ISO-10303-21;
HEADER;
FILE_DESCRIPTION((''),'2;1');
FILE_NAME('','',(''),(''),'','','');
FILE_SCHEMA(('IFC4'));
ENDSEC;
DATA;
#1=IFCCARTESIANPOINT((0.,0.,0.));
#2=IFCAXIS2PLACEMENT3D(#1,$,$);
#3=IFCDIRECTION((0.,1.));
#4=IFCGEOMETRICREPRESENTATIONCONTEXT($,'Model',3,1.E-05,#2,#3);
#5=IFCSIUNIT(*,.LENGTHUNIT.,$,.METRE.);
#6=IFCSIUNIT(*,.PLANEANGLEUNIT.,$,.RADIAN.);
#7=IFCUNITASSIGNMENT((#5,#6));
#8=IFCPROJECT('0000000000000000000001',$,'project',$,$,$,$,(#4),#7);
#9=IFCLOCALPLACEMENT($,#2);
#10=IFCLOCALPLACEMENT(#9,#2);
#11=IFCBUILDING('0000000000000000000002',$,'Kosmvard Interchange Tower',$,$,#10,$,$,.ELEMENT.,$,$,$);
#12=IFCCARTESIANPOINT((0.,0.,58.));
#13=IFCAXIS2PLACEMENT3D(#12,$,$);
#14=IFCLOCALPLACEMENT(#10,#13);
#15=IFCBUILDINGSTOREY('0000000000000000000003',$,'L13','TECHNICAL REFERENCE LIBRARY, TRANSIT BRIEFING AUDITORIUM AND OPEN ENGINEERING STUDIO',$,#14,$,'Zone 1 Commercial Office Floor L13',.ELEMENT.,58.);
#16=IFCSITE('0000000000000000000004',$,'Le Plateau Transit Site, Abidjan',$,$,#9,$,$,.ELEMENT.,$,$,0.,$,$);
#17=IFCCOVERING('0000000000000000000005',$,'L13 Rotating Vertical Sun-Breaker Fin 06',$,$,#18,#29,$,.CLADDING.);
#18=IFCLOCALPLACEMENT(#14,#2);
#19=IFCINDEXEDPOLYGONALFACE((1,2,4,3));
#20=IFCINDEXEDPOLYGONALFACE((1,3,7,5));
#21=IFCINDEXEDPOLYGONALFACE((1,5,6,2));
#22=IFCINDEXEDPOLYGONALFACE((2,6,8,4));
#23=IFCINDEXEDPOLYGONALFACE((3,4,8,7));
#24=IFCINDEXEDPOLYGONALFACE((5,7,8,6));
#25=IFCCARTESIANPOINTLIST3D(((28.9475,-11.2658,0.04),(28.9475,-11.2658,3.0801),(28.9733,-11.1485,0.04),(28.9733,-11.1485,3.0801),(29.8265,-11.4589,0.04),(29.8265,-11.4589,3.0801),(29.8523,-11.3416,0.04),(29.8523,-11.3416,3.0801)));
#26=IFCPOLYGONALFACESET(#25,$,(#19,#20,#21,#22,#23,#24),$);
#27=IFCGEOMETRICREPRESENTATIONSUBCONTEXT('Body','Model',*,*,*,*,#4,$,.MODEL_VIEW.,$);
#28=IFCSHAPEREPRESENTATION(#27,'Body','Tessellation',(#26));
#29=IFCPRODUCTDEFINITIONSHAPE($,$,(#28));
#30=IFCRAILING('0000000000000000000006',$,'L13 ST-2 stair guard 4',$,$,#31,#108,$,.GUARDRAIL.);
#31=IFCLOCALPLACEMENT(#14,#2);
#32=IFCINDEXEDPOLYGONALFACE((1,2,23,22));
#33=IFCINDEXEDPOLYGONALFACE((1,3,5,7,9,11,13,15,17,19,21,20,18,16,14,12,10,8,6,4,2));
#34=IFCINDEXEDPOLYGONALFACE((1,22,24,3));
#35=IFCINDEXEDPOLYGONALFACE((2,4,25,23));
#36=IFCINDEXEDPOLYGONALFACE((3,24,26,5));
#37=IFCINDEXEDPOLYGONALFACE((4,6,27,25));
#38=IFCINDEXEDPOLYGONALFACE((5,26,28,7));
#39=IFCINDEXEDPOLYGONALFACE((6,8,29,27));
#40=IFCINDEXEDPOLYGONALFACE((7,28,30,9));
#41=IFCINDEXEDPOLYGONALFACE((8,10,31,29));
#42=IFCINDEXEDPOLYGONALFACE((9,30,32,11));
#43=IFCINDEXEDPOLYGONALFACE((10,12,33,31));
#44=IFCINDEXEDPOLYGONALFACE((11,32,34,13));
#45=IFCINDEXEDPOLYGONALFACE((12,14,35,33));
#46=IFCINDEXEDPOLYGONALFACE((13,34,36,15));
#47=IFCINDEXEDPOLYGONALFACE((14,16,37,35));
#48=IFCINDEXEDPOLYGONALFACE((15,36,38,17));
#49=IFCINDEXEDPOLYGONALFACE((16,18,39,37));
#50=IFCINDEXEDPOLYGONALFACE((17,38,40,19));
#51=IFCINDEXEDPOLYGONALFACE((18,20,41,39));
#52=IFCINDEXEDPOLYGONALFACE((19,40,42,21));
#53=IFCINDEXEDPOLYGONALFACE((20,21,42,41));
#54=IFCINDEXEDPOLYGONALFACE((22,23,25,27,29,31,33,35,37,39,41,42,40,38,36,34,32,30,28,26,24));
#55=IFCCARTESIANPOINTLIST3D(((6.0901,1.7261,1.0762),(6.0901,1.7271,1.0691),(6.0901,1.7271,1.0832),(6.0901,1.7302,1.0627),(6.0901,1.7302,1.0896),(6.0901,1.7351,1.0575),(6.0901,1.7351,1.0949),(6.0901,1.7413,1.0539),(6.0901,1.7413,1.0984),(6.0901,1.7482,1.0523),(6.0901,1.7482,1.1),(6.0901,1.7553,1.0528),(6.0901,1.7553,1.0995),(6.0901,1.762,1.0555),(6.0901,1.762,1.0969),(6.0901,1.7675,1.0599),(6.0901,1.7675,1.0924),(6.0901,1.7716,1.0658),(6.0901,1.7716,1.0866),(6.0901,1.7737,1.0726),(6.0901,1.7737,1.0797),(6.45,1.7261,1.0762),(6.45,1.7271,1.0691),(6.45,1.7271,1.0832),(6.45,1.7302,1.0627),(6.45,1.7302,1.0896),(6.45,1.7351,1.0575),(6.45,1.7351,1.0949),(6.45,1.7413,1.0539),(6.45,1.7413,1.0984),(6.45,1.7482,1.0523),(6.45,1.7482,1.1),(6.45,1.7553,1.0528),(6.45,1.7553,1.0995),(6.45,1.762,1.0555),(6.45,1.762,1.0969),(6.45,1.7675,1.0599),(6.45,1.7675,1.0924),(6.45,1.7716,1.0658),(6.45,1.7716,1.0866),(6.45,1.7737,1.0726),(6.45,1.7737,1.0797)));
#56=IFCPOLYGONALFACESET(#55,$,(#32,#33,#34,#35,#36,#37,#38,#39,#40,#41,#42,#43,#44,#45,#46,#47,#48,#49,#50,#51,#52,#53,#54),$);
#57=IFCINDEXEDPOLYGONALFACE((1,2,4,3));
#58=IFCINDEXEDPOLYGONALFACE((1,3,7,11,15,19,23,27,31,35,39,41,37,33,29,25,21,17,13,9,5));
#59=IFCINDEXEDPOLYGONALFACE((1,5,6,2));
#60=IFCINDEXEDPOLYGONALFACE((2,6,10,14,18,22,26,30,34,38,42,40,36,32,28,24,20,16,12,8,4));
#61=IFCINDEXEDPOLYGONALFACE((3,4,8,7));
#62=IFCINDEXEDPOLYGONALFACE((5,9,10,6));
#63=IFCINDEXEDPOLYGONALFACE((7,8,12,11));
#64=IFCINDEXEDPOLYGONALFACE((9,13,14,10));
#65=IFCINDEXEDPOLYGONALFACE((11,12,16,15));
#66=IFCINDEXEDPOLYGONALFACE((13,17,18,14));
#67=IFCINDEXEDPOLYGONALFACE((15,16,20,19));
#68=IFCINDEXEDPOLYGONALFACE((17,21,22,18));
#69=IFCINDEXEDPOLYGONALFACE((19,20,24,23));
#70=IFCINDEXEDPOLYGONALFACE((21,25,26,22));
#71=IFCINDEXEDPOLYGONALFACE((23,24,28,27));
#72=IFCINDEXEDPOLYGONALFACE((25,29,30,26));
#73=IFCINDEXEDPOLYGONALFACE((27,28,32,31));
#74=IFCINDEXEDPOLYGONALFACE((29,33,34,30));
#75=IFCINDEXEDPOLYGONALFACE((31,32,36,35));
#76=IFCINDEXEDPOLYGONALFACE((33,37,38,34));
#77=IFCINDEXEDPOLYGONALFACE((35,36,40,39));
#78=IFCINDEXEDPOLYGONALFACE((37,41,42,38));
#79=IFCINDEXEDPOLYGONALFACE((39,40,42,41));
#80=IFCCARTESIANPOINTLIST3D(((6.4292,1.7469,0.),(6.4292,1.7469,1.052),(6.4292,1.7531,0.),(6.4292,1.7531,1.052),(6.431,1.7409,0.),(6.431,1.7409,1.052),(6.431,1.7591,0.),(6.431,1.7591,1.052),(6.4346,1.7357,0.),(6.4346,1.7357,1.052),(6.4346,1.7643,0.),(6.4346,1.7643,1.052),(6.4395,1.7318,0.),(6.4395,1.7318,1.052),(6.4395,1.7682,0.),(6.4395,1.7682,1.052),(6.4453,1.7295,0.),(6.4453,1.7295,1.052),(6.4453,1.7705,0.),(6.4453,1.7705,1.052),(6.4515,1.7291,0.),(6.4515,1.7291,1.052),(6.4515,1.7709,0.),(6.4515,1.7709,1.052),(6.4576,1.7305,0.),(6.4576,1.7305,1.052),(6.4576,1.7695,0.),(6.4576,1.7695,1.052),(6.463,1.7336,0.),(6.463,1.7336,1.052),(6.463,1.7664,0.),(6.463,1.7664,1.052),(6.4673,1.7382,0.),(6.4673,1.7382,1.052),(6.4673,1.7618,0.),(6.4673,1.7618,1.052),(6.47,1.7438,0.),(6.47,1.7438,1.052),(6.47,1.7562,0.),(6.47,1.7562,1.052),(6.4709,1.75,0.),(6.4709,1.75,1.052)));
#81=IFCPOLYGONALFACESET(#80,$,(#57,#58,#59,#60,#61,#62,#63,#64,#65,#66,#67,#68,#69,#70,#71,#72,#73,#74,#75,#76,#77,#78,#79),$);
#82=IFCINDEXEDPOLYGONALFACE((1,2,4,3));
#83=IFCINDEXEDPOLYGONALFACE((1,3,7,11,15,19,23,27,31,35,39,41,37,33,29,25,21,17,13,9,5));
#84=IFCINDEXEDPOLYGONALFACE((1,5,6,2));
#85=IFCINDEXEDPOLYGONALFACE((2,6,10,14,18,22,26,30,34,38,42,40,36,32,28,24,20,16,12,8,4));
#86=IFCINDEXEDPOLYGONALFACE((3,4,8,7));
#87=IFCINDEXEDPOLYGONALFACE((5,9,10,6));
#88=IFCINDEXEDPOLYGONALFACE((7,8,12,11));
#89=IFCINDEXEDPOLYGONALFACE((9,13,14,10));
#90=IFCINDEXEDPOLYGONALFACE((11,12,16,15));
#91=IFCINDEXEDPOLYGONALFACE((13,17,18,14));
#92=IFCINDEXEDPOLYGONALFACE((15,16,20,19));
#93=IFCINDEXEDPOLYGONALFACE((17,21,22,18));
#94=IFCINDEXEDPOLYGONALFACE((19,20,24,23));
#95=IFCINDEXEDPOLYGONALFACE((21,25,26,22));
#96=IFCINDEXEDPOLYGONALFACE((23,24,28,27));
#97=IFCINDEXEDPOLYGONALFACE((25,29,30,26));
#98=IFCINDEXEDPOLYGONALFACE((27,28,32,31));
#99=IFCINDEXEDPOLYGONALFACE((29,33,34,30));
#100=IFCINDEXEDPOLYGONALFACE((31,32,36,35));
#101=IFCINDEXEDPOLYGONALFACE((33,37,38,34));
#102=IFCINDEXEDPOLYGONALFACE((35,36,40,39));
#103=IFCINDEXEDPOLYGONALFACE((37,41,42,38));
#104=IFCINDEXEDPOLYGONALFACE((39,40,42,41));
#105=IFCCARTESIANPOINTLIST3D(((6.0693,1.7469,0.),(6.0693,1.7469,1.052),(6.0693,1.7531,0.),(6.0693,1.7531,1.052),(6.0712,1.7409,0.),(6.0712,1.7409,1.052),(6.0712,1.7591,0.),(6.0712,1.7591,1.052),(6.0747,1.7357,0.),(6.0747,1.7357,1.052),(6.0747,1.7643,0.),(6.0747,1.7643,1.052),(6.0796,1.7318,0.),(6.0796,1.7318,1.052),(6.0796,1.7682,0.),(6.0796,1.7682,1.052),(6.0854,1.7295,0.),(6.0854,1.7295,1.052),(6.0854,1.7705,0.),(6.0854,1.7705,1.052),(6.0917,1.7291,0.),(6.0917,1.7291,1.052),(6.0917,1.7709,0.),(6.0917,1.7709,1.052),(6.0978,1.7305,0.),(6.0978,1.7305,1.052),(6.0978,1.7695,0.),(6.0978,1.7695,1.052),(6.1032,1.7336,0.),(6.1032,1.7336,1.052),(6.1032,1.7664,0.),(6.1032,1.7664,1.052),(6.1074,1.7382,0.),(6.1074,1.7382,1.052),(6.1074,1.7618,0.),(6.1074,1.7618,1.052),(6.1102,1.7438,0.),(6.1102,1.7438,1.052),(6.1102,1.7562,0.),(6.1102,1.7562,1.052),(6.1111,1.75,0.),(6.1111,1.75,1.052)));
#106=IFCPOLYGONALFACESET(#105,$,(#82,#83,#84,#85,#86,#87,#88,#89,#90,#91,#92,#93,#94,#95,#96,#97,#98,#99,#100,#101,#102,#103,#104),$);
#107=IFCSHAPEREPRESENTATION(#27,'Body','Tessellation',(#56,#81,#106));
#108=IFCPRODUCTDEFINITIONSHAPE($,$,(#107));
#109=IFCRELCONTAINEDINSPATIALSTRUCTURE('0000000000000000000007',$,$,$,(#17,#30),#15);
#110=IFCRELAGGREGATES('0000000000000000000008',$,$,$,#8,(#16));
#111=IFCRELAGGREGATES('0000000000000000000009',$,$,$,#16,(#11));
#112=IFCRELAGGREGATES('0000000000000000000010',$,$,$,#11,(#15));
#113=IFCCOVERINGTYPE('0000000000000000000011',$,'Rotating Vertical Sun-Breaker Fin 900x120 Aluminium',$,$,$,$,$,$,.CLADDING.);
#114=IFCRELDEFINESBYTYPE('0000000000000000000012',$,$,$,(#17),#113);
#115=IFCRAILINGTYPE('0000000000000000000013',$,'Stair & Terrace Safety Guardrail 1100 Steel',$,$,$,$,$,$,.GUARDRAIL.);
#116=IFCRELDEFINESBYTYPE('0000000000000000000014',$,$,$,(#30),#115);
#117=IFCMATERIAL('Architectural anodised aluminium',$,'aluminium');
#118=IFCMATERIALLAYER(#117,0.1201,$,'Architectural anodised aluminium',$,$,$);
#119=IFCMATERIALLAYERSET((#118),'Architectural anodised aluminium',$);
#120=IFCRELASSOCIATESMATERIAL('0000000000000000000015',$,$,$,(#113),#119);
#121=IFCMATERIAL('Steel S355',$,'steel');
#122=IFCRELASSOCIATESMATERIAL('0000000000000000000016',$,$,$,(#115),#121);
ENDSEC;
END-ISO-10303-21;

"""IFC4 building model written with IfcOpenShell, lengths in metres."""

from ifc_helpers import new_model, si_unit, direction, frame, origin, origin_2d, place, context, subcontext, project, spatial, rectangle, circle, extrude, source, transform, mapped, material, layer, layer_set, type_object, element, save


model = new_model("IFC4")

# Units and contexts
model_context = context("Model", 3, precision=1e-05, world=origin(), true_north=direction((0.0, 1.0)))
body_context = subcontext(model_context, "Body", "Model", "MODEL_VIEW")
ifc_project = project(units=[si_unit("LENGTHUNIT", "METRE"), si_unit("PLANEANGLEUNIT", "RADIAN")], contexts=[model_context])

# Site, building, storey
site_placement = place(None, origin())
site = spatial("IfcSite", under=ifc_project, at=site_placement, Name="Le Plateau Transit Site, Abidjan", CompositionType="ELEMENT", RefElevation=0.0)
building_placement = place(site_placement, origin())
building = spatial("IfcBuilding", under=site, at=building_placement, Name="Kosmvard Interchange Tower", CompositionType="ELEMENT")
storey_placement = place(building_placement, frame((0.0, 0.0, 58.0)))
storey = spatial("IfcBuildingStorey", under=building, at=storey_placement, Name="L13", Description="TECHNICAL REFERENCE LIBRARY, TRANSIT BRIEFING AUDITORIUM AND OPEN ENGINEERING STUDIO", LongName="Zone 1 Commercial Office Floor L13", CompositionType="ELEMENT", Elevation=58.0)

# Shared definitions
ifc_material_1 = material(Name="Steel S355", Category="steel")

# Covering
ifc_material_2 = material(Name="Architectural anodised aluminium", Category="aluminium")
ifc_layer_1 = layer(ifc_material_2, 0.1201, Name="Architectural anodised aluminium")
ifc_layer_set_1 = layer_set([ifc_layer_1], Name="Architectural anodised aluminium")
covering_type = type_object("IfcCoveringType", Name="Rotating Vertical Sun-Breaker Fin 900x120 Aluminium", PredefinedType="CLADDING", material=ifc_layer_set_1)
shared_shape_1 = source(origin(), body_context, "Body", "SweptSolid", [
    extrude(rectangle(XDim=0.8999, YDim=0.1201, at=origin_2d()), origin(), (0.0, 0.0, 1.0), 3.04),
])
covering_placement = place(storey_placement, frame((29.3999, -11.3037, 0.04), z_axis=(0.0, 0.0, 1.0), x_axis=(0.97671, -0.214565, 0.0)))
element("IfcCovering", 1, at=covering_placement, inside=storey, type_object=covering_type, Name="L13 Rotating Vertical Sun-Breaker Fin 06", PredefinedType="CLADDING", context=body_context, shape_type="MappedRepresentation", body=[
    mapped(shared_shape_1, transform((0.0, 0.0, 0.0), scale=1.0)),
])

# Railing
railing_type = type_object("IfcRailingType", Name="Stair & Terrace Safety Guardrail 1100 Steel", PredefinedType="GUARDRAIL", material=ifc_material_1)
shared_shape_2 = source(origin(), body_context, "Body", "SweptSolid", [
    extrude(circle(Radius=0.0239, at=origin_2d()), frame((0.0, 0.0, 1.0762), z_axis=(-1.0, 0.0, 0.0), x_axis=(0.0, -1.0, 0.0)), (0.0, 0.0, 1.0), 0.3599),
    extrude(circle(Radius=0.021, at=origin_2d()), origin(), (0.0, 0.0, 1.0), 1.052),
    extrude(circle(Radius=0.021, at=origin_2d()), frame((-0.3599, 0.0, 0.0)), (0.0, 0.0, 1.0), 1.052),
])
railing_1_placement = place(storey_placement, frame((6.45, 1.75, 0.0)))
element("IfcRailing", 2, at=railing_1_placement, inside=storey, type_object=railing_type, Name="L13 ST-2 stair guard 4", PredefinedType="GUARDRAIL", context=body_context, shape_type="MappedRepresentation", body=[
    mapped(shared_shape_2, transform((0.0, 0.0, 0.0), scale=1.0)),
])

save(model, "model.ifc")
